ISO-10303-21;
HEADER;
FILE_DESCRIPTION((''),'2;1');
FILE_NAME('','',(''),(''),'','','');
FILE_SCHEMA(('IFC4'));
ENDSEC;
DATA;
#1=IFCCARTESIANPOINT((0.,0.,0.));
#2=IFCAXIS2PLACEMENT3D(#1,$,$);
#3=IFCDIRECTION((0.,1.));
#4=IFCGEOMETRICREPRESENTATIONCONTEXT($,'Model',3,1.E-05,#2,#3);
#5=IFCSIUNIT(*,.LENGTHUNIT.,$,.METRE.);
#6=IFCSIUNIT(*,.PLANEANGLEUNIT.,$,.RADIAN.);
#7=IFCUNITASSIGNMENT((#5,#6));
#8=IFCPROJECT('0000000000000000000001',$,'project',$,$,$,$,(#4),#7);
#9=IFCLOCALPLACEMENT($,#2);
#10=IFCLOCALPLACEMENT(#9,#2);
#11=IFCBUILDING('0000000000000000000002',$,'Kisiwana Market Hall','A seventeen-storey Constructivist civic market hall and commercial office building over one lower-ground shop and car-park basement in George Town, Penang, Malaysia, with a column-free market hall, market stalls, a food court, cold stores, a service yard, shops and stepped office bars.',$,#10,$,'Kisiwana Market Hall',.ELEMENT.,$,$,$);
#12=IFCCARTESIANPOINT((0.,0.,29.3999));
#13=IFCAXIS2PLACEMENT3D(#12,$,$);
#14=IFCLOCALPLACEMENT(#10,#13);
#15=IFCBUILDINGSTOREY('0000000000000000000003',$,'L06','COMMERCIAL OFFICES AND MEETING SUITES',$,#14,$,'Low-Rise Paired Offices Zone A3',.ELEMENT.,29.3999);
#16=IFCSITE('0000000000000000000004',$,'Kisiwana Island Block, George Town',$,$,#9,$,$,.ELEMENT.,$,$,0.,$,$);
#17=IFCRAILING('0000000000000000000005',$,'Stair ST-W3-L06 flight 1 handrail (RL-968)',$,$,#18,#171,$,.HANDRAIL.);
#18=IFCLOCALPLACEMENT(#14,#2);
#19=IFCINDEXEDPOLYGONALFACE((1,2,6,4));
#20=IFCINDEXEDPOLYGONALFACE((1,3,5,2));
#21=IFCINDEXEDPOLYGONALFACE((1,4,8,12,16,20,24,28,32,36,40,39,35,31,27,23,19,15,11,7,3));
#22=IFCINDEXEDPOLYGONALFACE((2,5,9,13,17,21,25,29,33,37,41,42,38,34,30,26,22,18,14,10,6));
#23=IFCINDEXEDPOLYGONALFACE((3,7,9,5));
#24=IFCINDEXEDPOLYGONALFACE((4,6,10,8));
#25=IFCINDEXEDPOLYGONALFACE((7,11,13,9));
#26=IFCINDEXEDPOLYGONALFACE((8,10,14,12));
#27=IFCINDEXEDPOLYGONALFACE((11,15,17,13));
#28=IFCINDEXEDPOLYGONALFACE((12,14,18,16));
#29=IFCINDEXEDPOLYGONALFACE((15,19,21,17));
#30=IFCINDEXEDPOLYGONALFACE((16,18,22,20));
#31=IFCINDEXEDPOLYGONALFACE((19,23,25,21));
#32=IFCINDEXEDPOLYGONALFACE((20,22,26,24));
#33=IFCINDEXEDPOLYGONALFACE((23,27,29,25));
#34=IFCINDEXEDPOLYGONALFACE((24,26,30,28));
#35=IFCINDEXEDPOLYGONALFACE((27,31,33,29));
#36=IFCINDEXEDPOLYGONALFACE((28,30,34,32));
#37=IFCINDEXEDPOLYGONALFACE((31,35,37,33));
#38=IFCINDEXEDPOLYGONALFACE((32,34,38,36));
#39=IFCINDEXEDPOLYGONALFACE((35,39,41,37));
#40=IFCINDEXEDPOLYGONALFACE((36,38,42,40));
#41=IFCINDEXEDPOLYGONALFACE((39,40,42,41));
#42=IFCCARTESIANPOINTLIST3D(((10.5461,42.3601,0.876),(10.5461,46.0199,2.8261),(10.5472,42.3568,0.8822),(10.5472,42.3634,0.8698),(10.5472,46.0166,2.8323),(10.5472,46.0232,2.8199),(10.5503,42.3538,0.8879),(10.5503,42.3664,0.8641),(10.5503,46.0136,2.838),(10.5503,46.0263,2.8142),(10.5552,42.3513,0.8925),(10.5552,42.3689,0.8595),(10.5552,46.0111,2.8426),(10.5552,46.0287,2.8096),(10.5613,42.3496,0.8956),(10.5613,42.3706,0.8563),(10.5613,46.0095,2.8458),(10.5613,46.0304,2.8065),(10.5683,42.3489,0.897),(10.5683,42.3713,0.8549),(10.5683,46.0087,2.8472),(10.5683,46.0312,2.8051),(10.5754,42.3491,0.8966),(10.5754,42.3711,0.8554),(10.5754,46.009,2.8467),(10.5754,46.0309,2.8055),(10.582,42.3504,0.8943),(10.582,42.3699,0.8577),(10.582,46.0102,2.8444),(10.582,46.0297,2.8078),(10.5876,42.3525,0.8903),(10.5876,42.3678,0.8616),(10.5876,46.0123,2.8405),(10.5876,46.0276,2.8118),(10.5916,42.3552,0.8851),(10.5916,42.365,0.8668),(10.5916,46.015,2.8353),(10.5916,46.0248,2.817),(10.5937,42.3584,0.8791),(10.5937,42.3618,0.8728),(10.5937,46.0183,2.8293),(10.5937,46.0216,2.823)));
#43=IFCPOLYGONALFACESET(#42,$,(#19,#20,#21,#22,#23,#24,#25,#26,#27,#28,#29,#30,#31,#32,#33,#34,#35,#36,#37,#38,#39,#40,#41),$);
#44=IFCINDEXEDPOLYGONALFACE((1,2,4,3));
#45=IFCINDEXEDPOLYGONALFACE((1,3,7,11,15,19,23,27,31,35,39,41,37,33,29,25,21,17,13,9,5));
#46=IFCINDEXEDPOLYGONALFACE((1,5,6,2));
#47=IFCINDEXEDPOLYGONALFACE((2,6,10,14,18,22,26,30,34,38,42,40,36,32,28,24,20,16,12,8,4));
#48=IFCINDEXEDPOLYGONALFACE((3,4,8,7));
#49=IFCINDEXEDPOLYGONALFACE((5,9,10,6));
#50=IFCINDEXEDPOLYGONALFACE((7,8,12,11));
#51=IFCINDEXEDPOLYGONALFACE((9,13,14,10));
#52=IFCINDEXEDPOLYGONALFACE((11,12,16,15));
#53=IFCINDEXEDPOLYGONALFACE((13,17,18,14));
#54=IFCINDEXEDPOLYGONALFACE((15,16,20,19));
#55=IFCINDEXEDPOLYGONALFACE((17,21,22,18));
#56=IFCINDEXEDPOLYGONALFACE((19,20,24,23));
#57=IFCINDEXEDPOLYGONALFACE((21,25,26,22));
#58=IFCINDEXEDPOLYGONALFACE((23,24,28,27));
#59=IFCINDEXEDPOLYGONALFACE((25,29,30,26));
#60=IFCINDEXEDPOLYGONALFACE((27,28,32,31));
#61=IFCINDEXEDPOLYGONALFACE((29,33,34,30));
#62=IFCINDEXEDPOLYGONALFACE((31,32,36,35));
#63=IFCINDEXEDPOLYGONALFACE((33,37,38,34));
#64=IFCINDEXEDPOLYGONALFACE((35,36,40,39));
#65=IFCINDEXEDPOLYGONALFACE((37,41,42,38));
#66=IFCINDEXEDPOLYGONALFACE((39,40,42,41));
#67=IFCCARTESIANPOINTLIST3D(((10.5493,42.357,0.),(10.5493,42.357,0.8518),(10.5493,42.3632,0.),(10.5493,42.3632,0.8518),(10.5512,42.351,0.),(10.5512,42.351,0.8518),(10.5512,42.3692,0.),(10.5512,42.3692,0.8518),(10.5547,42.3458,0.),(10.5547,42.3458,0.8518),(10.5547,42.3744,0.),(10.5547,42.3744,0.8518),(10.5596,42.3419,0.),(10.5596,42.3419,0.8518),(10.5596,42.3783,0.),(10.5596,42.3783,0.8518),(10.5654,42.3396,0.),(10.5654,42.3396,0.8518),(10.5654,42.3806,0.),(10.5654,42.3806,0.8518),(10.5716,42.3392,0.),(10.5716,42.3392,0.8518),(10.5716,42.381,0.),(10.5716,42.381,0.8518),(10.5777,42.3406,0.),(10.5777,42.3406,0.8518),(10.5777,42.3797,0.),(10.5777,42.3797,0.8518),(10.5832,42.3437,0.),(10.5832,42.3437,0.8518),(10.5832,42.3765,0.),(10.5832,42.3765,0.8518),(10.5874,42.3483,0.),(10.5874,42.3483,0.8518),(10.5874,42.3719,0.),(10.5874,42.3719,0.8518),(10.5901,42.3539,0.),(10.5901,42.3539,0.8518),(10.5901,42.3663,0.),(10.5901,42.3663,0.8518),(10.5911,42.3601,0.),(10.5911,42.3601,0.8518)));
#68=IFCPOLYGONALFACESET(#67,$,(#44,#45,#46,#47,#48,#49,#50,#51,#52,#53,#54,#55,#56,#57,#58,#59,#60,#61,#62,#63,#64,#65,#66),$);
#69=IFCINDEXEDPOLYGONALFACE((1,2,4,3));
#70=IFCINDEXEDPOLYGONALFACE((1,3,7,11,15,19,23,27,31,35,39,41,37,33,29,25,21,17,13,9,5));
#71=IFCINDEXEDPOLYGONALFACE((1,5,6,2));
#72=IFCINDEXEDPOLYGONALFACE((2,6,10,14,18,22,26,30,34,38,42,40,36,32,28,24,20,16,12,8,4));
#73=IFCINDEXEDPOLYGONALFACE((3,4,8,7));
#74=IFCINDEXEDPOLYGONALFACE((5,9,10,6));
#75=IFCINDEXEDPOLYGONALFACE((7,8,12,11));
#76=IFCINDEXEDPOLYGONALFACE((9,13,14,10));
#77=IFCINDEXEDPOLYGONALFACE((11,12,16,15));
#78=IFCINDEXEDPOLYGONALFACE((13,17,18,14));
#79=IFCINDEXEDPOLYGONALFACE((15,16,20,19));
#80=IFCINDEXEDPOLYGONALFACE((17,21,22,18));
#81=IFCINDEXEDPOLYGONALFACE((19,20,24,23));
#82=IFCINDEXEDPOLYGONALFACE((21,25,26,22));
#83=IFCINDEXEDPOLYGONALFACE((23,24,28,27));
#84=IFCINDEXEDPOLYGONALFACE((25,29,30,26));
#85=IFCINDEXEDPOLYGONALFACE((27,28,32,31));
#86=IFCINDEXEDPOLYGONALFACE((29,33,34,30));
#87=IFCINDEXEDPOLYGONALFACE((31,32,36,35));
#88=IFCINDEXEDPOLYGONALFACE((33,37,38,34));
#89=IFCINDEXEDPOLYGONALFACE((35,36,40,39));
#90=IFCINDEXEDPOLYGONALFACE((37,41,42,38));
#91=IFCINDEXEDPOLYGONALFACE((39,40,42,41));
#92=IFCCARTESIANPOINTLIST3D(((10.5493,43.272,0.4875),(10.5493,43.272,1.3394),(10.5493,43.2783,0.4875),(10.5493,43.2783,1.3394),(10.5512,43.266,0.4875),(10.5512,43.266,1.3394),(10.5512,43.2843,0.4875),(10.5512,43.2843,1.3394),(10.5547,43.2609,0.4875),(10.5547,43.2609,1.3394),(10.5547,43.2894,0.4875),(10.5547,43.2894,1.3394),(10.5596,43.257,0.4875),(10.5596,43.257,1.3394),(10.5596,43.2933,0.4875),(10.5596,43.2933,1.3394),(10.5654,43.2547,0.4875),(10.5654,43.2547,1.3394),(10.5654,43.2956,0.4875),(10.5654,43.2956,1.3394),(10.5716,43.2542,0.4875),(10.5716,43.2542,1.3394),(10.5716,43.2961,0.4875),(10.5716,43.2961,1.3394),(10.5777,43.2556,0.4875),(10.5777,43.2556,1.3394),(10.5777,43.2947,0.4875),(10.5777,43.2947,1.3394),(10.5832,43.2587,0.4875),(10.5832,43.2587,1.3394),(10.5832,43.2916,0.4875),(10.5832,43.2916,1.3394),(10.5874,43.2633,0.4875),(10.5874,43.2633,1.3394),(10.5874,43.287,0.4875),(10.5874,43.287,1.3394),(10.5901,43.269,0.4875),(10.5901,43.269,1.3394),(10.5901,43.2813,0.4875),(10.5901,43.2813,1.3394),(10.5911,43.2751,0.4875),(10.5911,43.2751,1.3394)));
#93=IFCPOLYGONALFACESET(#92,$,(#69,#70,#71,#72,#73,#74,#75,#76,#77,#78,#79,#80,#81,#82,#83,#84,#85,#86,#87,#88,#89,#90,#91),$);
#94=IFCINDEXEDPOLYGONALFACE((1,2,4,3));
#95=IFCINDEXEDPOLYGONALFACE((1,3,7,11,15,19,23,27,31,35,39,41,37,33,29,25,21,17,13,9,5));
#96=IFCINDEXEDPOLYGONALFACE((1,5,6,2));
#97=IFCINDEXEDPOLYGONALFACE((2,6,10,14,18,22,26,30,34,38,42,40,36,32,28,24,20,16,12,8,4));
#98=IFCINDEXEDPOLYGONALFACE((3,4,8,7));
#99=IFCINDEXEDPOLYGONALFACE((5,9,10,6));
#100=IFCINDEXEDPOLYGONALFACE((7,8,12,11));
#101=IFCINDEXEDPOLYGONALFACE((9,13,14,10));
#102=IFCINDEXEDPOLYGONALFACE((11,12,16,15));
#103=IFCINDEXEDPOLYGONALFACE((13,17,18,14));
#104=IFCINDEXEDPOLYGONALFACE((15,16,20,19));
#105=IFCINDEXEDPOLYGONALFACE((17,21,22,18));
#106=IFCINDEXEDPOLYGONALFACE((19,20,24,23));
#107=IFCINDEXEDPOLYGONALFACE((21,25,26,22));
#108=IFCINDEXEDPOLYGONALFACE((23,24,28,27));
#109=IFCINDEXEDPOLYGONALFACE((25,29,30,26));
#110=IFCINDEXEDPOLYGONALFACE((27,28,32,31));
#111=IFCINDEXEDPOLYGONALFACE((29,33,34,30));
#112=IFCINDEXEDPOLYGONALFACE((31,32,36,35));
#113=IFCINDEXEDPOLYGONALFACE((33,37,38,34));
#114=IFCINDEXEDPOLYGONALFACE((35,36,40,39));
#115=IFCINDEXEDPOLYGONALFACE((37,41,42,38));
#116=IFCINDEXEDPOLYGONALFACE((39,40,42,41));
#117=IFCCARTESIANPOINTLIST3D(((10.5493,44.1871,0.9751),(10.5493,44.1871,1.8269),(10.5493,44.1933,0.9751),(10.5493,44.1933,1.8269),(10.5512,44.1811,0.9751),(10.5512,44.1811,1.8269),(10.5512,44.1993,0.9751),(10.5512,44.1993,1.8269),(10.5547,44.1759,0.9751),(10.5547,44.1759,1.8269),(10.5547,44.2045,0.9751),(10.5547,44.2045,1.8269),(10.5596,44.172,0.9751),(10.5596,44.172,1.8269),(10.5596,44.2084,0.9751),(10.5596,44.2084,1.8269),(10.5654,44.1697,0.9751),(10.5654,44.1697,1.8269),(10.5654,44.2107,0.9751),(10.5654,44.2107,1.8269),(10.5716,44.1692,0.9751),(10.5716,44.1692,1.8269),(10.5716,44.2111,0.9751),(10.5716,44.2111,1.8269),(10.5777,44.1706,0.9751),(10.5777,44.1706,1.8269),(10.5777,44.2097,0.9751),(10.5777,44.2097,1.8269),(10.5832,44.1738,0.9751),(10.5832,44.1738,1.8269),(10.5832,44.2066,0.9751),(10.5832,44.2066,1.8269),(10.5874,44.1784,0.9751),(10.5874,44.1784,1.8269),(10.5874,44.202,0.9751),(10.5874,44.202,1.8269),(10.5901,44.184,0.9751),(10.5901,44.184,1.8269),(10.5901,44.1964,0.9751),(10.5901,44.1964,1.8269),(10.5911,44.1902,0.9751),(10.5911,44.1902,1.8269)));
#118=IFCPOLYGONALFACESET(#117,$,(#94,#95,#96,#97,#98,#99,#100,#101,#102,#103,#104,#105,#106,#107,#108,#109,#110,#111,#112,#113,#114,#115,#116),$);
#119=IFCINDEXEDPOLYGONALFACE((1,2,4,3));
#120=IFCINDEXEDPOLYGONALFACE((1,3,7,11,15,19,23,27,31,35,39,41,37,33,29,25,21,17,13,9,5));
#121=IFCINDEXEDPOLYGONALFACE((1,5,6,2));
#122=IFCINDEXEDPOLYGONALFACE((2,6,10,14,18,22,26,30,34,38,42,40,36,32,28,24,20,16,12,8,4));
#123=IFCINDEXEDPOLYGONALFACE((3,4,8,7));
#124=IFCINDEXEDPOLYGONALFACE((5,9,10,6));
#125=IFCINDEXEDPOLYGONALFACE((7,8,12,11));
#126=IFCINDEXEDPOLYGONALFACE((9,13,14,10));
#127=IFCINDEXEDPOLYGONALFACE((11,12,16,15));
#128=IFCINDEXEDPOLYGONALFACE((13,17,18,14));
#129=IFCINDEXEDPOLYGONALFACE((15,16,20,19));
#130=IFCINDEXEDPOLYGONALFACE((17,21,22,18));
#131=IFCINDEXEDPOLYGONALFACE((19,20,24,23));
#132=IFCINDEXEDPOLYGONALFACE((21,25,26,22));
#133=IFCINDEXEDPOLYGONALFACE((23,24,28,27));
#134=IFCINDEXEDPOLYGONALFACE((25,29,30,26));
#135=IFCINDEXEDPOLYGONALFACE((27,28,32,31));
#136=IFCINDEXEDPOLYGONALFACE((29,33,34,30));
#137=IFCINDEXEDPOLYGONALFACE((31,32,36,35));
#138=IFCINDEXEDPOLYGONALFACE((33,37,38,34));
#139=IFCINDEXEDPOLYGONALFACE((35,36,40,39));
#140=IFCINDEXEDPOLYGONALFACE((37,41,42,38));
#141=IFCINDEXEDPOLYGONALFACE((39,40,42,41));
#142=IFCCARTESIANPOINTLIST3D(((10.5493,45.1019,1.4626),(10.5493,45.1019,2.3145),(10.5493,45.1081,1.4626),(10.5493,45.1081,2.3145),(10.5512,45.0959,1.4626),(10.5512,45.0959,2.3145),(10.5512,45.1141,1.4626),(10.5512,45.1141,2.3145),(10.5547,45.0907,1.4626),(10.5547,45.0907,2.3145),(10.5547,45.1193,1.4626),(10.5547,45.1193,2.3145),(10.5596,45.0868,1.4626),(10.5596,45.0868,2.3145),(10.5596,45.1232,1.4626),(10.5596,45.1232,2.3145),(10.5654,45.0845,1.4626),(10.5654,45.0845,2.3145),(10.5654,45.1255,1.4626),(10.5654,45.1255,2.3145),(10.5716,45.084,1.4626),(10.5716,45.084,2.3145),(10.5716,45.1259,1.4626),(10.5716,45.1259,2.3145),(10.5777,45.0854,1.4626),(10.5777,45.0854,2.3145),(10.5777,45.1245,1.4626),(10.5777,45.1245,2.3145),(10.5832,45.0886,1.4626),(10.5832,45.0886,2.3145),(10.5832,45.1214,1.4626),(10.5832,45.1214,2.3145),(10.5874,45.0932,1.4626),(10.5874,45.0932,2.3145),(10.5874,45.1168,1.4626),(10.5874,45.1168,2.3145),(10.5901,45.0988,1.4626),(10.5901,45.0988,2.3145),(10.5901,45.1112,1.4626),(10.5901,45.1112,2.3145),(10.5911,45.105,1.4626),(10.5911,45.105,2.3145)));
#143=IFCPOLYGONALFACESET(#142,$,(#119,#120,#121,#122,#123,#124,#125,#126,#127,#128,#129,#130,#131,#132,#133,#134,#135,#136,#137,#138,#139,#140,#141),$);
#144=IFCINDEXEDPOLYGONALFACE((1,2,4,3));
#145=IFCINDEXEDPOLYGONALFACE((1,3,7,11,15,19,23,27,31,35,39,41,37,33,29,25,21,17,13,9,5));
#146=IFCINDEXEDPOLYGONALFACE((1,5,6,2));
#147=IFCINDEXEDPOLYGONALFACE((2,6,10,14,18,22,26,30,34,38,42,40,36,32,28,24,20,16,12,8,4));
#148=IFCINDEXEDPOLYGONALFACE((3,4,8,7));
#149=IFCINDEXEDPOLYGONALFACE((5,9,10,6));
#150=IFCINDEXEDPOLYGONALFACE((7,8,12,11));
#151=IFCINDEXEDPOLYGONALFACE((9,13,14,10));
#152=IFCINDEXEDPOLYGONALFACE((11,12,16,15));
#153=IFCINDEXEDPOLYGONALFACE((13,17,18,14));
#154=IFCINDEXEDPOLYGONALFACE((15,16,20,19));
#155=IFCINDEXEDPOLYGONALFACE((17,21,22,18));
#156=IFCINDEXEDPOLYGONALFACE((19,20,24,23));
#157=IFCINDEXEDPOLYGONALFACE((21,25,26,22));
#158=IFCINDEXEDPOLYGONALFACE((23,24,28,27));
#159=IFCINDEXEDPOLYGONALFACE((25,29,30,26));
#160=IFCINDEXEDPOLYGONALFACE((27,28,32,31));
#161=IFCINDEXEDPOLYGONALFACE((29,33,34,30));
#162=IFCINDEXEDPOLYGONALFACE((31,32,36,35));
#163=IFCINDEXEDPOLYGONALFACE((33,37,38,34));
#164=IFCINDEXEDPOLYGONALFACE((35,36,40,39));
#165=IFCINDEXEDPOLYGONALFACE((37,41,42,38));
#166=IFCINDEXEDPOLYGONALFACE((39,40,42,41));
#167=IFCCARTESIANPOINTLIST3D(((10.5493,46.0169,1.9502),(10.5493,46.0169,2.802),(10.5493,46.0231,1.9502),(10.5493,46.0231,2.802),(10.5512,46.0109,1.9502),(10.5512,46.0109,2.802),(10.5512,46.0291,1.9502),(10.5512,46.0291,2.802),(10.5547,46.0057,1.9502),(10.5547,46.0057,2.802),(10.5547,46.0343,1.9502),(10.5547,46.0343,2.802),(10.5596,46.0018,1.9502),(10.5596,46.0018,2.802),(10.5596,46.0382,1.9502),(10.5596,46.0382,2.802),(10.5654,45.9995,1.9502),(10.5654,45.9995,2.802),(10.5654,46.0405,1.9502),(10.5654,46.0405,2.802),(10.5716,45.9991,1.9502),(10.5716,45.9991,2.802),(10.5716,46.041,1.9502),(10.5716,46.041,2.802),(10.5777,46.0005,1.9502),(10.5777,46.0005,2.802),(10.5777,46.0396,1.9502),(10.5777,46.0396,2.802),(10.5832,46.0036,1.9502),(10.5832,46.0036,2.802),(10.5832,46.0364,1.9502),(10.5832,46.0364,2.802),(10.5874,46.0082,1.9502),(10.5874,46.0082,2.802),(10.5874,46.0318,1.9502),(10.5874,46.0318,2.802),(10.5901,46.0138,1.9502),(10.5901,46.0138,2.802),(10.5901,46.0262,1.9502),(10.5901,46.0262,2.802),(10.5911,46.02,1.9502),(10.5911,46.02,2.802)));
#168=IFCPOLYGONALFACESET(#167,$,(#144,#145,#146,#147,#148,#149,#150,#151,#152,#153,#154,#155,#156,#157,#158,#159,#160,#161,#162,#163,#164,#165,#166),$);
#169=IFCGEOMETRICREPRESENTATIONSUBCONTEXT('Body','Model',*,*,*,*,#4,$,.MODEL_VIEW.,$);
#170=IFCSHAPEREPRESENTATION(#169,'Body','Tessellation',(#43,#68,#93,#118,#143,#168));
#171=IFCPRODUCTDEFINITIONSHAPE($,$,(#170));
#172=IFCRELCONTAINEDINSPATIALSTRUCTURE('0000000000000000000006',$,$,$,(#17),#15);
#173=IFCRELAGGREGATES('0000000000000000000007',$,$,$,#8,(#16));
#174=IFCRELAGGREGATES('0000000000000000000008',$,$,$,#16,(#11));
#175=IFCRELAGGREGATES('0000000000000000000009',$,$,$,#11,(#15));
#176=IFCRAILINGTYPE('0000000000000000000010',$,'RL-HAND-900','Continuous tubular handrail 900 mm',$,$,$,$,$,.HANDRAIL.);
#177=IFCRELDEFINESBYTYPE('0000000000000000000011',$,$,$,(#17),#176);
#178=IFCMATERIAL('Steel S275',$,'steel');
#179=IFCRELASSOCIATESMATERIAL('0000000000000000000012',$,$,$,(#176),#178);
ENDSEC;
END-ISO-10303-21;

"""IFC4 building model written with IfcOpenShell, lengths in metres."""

from ifc_helpers import new_model, si_unit, direction, frame, origin, origin_2d, place, context, subcontext, project, spatial, circle, extrude, material, type_object, element, save


model = new_model("IFC4")

# Units and contexts
model_context = context("Model", 3, precision=1e-05, world=origin(), true_north=direction((0.0, 1.0)))
body_context = subcontext(model_context, "Body", "Model", "MODEL_VIEW")
ifc_project = project(units=[si_unit("LENGTHUNIT", "METRE"), si_unit("PLANEANGLEUNIT", "RADIAN")], contexts=[model_context])

# Site, building, storey
site_placement = place(None, origin())
site = spatial("IfcSite", under=ifc_project, at=site_placement, Name="Kisiwana Island Block, George Town", CompositionType="ELEMENT", RefElevation=0.0)
building_placement = place(site_placement, origin())
building = spatial("IfcBuilding", under=site, at=building_placement, Name="Kisiwana Market Hall", Description="A seventeen-storey Constructivist civic market hall and commercial office building over one lower-ground shop and car-park basement in George Town, Penang, Malaysia, with a column-free market hall, market stalls, a food court, cold stores, a service yard, shops and stepped office bars.", LongName="Kisiwana Market Hall", CompositionType="ELEMENT")
storey_placement = place(building_placement, frame((0.0, 0.0, 29.3999)))
storey = spatial("IfcBuildingStorey", under=building, at=storey_placement, Name="L06", Description="COMMERCIAL OFFICES AND MEETING SUITES", LongName="Low-Rise Paired Offices Zone A3", CompositionType="ELEMENT", Elevation=29.3999)

# Railing
ifc_material_1 = material(Name="Steel S275", Category="steel")
railing_type_1 = type_object("IfcRailingType", Name="RL-HAND-900", Description="Continuous tubular handrail 900 mm", PredefinedType="HANDRAIL", material=ifc_material_1)
for number, where, name in (
    (1, (10.5701, 42.3601, 0.0), "Stair ST-W3-L06 flight 1 handrail (RL-968)"),
):
    element("IfcRailing", number, at=place(storey_placement, frame(where)), inside=storey, type_object=railing_type_1, Name=name, PredefinedType="HANDRAIL", context=body_context, shape_type="SweptSolid", body=[
        extrude(circle(Radius=0.0239, at=origin_2d()), frame((0.0, 0.0, 0.876), z_axis=(0.0, 0.882529, 0.470258), x_axis=(-1.0, 0.0, 0.0)), (0.0, 0.0, 1.0), 4.147),
        extrude(circle(Radius=0.021, at=origin_2d()), origin(), (0.0, 0.0, 1.0), 0.8518),
        extrude(circle(Radius=0.021, at=origin_2d()), frame((0.0, 0.915, 0.4875)), (0.0, 0.0, 1.0), 0.8518),
        extrude(circle(Radius=0.021, at=origin_2d()), frame((0.0, 1.8301, 0.9751)), (0.0, 0.0, 1.0), 0.8518),
        extrude(circle(Radius=0.021, at=origin_2d()), frame((0.0, 2.7449, 1.4626)), (0.0, 0.0, 1.0), 0.8518),
        extrude(circle(Radius=0.021, at=origin_2d()), frame((0.0, 3.6599, 1.9502)), (0.0, 0.0, 1.0), 0.8518),
    ])

save(model, "model.ifc")
